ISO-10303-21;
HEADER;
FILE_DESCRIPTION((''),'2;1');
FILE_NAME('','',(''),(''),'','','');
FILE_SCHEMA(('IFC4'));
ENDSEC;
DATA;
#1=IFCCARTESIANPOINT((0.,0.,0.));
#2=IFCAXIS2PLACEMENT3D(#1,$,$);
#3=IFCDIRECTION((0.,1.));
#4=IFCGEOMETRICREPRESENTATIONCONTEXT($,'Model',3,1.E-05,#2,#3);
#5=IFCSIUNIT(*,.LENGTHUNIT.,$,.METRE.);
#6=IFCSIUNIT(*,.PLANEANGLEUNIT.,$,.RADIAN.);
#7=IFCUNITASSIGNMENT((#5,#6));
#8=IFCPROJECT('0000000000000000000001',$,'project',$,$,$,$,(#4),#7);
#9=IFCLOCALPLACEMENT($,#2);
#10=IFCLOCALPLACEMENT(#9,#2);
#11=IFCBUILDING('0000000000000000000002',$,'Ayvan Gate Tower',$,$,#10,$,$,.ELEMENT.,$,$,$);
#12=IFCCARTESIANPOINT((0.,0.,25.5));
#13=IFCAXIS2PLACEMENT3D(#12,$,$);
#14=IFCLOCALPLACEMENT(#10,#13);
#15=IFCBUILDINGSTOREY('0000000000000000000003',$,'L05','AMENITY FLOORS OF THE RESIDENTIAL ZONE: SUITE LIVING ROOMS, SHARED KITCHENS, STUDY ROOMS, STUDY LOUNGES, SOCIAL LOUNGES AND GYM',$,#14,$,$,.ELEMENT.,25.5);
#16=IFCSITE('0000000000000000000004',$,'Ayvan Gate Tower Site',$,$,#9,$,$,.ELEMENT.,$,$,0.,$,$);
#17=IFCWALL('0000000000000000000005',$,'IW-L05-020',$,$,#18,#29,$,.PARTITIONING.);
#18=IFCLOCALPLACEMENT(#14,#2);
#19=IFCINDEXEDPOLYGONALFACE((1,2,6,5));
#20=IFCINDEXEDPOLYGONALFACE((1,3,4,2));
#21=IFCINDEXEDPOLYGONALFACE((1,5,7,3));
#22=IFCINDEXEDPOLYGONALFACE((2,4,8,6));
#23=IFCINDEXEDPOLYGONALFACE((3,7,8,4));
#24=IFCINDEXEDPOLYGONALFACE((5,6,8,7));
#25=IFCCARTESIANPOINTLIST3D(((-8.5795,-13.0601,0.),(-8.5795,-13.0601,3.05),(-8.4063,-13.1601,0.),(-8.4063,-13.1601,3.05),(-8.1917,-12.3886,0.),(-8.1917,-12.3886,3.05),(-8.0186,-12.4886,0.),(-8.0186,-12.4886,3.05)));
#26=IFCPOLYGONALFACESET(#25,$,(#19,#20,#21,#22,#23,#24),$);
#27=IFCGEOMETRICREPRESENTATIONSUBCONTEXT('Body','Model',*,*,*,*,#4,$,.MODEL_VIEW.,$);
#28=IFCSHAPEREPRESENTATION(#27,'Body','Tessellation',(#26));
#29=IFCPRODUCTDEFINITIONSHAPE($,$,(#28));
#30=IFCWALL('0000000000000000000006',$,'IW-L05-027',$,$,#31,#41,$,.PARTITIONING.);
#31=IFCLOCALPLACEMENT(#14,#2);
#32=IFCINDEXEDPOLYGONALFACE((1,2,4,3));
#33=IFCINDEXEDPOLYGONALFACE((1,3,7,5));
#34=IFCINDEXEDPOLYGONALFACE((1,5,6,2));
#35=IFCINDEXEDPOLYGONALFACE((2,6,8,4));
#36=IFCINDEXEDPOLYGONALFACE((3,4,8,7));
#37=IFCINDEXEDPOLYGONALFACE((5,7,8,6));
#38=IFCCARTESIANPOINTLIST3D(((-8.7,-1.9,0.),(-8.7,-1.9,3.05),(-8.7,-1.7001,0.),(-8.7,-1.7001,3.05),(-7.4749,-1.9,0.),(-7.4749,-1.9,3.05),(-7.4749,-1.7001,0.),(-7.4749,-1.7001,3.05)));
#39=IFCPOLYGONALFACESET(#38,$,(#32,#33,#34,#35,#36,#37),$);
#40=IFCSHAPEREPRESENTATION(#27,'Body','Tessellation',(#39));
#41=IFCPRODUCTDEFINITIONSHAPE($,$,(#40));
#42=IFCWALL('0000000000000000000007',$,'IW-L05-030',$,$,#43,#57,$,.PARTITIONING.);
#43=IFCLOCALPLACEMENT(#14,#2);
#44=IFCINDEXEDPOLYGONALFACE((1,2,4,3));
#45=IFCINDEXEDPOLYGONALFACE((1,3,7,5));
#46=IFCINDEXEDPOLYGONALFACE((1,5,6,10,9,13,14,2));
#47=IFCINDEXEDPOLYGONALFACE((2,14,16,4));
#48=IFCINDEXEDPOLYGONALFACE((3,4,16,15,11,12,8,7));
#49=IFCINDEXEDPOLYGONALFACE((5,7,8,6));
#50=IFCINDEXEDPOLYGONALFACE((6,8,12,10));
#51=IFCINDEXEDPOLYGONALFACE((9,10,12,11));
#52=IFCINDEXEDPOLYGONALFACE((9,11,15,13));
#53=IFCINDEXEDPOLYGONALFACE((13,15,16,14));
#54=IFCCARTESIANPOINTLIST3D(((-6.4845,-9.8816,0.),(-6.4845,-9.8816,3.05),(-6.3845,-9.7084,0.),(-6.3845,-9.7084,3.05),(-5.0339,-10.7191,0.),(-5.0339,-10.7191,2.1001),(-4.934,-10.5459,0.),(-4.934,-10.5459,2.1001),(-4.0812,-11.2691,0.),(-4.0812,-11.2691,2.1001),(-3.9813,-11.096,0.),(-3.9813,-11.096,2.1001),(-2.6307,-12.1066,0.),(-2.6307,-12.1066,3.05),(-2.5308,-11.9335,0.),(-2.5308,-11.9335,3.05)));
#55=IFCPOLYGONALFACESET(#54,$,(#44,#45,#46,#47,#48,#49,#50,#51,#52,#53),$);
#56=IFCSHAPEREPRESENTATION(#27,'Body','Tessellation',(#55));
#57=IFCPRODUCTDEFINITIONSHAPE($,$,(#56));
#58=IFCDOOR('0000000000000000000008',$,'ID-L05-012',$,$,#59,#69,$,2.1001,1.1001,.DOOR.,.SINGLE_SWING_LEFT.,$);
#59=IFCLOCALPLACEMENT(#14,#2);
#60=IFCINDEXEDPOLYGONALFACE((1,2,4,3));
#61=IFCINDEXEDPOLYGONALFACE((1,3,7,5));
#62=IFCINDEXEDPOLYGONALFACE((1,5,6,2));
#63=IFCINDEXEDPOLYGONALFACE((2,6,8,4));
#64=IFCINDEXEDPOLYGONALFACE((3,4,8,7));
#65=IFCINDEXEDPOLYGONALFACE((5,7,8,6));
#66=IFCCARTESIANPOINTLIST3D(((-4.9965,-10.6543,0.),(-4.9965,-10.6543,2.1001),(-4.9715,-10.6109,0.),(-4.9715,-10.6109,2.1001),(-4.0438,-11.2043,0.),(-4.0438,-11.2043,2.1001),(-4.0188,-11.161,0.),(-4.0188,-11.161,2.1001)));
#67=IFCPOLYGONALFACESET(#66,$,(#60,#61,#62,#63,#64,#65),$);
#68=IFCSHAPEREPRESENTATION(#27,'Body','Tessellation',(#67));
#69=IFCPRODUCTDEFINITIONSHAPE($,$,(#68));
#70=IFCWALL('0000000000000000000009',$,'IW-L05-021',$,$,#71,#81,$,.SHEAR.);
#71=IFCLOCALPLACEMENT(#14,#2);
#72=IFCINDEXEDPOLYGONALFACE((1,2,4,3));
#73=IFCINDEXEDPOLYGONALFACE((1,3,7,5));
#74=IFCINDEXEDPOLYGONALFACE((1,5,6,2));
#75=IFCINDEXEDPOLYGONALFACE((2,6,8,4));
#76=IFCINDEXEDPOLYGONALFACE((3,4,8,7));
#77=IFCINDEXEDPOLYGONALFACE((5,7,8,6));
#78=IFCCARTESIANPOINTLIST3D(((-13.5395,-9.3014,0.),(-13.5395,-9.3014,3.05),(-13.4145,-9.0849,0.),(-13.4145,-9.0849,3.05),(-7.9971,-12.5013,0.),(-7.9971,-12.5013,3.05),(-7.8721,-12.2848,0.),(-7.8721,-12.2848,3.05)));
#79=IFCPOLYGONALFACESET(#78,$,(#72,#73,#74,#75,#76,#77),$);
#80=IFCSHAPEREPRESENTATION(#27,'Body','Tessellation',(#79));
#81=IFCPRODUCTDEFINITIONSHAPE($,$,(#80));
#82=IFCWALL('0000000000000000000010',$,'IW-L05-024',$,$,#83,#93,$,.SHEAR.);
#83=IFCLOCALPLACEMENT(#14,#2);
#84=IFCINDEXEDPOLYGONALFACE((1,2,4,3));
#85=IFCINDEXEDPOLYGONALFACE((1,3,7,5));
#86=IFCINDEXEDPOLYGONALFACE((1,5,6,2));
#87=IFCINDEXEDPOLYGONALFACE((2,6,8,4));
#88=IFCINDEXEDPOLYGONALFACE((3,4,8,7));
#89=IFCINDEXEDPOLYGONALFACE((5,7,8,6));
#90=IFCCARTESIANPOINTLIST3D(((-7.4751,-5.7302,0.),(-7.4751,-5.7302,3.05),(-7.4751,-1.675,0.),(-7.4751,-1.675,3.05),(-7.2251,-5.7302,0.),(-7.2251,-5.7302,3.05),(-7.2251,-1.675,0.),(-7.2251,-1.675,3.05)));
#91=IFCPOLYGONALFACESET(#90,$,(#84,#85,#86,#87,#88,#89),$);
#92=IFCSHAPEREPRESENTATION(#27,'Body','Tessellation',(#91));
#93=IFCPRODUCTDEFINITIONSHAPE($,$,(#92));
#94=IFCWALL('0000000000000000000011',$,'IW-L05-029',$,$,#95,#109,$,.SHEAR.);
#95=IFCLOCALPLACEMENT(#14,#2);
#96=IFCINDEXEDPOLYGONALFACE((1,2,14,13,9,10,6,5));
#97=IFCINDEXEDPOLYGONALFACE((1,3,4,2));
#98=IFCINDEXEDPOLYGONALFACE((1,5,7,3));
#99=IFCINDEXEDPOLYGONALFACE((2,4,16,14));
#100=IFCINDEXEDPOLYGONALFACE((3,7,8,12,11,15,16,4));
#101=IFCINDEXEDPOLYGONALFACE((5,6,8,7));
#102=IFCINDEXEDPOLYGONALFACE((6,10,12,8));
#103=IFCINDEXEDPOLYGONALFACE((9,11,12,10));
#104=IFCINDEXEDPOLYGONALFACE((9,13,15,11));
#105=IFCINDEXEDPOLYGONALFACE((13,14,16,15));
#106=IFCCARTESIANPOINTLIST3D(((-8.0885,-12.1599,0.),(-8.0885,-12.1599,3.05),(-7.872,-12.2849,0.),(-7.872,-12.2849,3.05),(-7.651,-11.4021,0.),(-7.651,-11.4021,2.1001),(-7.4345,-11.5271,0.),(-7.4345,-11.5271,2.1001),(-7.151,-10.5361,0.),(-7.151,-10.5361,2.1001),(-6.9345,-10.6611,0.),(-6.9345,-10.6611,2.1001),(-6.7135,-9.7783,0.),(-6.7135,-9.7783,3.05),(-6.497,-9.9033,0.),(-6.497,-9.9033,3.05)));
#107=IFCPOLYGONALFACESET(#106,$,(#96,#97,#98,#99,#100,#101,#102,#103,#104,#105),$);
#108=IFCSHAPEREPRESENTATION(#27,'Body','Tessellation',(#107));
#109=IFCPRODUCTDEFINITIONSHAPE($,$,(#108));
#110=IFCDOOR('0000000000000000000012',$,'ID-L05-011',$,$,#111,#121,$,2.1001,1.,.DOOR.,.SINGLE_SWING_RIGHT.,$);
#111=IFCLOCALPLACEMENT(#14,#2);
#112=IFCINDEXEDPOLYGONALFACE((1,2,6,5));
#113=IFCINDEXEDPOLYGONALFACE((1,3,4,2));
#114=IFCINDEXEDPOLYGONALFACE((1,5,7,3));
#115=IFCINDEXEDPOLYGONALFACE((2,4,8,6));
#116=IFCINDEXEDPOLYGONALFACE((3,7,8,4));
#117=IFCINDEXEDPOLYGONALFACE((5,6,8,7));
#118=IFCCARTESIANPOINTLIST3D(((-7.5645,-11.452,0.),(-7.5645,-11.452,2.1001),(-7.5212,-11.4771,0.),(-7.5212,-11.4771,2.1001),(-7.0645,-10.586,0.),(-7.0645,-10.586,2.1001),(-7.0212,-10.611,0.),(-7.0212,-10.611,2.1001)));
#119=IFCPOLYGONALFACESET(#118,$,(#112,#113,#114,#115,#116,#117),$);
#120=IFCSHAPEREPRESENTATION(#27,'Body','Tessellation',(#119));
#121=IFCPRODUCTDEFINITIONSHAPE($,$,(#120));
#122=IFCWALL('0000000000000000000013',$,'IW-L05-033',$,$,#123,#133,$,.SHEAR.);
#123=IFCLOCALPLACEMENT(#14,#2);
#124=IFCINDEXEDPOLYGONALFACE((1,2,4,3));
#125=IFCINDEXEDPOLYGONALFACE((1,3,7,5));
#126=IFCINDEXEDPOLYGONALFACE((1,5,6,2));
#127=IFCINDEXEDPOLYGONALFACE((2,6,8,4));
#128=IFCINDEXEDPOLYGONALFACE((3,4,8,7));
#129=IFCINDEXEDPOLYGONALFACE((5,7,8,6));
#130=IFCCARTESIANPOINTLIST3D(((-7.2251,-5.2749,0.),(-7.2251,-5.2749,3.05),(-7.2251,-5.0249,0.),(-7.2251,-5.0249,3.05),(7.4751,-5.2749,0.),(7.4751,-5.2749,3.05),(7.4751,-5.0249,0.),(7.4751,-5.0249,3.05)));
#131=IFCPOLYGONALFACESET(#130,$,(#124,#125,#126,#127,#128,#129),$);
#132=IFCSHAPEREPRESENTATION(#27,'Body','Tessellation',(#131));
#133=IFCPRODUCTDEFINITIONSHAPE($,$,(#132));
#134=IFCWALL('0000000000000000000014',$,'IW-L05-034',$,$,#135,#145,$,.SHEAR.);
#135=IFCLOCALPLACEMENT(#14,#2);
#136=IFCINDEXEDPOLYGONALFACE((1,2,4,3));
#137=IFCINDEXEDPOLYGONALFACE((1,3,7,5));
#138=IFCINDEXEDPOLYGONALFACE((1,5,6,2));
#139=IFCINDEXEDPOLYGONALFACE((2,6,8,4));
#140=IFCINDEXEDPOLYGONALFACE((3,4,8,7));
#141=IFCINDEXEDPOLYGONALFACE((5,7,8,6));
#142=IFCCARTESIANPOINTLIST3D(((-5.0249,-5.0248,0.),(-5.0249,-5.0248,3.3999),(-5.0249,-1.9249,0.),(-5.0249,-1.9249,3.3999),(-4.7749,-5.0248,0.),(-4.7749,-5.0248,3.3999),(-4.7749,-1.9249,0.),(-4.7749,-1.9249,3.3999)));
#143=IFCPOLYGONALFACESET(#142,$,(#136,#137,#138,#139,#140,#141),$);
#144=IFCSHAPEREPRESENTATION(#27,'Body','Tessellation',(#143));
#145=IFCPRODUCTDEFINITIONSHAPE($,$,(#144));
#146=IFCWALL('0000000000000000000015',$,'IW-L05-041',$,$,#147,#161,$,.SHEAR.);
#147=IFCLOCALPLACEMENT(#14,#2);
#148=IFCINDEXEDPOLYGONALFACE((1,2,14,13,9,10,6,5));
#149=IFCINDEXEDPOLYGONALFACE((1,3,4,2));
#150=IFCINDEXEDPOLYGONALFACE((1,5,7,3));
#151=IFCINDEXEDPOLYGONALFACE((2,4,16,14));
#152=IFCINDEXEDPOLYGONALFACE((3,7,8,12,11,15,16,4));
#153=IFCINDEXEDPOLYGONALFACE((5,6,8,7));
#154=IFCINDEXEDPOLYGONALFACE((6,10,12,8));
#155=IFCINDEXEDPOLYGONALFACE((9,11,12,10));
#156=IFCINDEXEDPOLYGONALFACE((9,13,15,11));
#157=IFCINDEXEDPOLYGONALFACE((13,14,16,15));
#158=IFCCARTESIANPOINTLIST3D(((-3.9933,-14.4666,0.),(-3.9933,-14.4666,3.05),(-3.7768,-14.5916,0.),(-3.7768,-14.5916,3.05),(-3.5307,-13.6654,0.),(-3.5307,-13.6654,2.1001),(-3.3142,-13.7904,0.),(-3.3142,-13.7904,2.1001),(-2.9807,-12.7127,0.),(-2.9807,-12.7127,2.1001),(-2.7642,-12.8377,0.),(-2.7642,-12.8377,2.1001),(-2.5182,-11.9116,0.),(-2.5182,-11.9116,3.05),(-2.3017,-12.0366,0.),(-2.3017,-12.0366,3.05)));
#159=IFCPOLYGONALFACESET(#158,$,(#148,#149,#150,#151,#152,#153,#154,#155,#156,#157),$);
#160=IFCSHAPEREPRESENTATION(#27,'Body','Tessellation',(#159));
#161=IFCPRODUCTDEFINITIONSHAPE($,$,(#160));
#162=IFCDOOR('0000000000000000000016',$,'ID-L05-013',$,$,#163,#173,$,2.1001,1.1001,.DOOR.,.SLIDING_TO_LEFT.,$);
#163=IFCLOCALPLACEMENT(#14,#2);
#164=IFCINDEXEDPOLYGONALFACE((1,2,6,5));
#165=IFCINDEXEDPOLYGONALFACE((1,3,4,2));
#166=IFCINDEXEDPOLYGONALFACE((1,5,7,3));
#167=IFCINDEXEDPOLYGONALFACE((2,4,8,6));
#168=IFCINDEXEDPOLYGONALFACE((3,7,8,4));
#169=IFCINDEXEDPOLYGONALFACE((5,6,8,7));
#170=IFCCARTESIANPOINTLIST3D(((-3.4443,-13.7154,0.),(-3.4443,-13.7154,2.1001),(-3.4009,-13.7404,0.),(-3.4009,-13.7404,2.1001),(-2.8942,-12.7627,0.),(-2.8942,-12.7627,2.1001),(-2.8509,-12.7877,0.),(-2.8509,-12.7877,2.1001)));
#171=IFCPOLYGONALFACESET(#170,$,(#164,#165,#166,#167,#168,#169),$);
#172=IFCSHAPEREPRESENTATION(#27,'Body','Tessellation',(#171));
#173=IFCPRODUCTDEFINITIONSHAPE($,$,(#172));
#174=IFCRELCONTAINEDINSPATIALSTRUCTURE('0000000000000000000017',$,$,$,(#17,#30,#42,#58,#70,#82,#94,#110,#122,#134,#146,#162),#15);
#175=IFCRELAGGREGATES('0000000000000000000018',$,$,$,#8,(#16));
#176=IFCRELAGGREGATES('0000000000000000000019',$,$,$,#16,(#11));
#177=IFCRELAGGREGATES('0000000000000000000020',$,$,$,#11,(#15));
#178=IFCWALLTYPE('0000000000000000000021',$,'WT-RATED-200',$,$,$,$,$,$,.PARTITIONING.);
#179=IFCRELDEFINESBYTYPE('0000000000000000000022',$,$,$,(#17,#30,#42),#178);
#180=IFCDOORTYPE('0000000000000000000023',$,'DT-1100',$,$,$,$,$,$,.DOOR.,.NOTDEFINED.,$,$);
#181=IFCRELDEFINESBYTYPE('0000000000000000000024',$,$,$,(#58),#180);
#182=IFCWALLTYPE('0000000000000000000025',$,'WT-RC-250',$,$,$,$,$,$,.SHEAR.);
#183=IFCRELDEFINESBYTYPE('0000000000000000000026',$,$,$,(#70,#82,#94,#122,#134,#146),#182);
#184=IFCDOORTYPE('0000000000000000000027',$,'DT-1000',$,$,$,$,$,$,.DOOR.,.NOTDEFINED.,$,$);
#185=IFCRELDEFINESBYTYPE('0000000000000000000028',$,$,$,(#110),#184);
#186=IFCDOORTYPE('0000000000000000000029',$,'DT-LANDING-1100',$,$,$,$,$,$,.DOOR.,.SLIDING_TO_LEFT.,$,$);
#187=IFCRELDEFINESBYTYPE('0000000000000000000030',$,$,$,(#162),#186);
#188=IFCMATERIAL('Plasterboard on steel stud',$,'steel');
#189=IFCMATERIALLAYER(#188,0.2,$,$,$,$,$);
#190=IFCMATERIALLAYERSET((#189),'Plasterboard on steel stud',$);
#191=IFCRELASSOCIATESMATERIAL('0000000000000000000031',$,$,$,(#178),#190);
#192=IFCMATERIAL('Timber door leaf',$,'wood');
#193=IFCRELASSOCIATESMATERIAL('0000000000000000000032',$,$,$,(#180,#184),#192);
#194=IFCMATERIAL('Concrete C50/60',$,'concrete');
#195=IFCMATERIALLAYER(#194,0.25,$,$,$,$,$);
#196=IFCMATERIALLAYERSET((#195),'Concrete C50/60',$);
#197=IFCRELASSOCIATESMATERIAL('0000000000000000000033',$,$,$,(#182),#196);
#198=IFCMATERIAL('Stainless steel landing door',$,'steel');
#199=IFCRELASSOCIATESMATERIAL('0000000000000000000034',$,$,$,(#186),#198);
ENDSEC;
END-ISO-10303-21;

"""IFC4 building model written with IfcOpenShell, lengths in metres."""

from ifc_helpers import new_model, si_unit, direction, frame, frame_2d, origin, place, context, subcontext, project, spatial, rectangle, extrude, material, layer, layer_set, type_object, element, fill, save


model = new_model("IFC4")

# Units and contexts
model_context = context("Model", 3, precision=1e-05, world=origin(), true_north=direction((0.0, 1.0)))
body_context = subcontext(model_context, "Body", "Model", "MODEL_VIEW")
ifc_project = project(units=[si_unit("LENGTHUNIT", "METRE"), si_unit("PLANEANGLEUNIT", "RADIAN")], contexts=[model_context])

# Site, building, storey
site_placement = place(None, origin())
site = spatial("IfcSite", under=ifc_project, at=site_placement, Name="Ayvan Gate Tower Site", CompositionType="ELEMENT", RefElevation=0.0)
building_placement = place(site_placement, origin())
building = spatial("IfcBuilding", under=site, at=building_placement, Name="Ayvan Gate Tower", CompositionType="ELEMENT")
storey_placement = place(building_placement, frame((0.0, 0.0, 25.5)))
storey = spatial("IfcBuildingStorey", under=building, at=storey_placement, Name="L05", Description="AMENITY FLOORS OF THE RESIDENTIAL ZONE: SUITE LIVING ROOMS, SHARED KITCHENS, STUDY ROOMS, STUDY LOUNGES, SOCIAL LOUNGES AND GYM", CompositionType="ELEMENT", Elevation=25.5)

# Walls
ifc_material_1 = material(Name="Plasterboard on steel stud", Category="steel")
ifc_layer_1 = layer(ifc_material_1, 0.2)
ifc_layer_set_1 = layer_set([ifc_layer_1], Name="Plasterboard on steel stud")
wall_type_1 = type_object("IfcWallType", Name="WT-RATED-200", PredefinedType="PARTITIONING", material=ifc_layer_set_1)
wall_1_placement = place(storey_placement, frame((-8.4929, -13.1101, 0.0), z_axis=(0.0, 0.0, 1.0), x_axis=(0.500068, 0.865986, 0.0)))
element("IfcWall", 1, at=wall_1_placement, inside=storey, type_object=wall_type_1, Name="IW-L05-020", PredefinedType="PARTITIONING", context=body_context, shape_type="SweptSolid", body=[
    extrude(rectangle(XDim=0.7754, YDim=0.2, at=frame_2d((0.3877, 0.0))), origin(), (0.0, 0.0, 1.0), 3.05),
])
wall_2_placement = place(storey_placement, frame((-7.4749, -1.8, 0.0), z_axis=(0.0, 0.0, 1.0), x_axis=(-1.0, 0.0, 0.0)))
element("IfcWall", 2, at=wall_2_placement, inside=storey, type_object=wall_type_1, Name="IW-L05-027", PredefinedType="PARTITIONING", context=body_context, shape_type="SweptSolid", body=[
    extrude(rectangle(XDim=1.2251, YDim=0.2, at=frame_2d((0.6125, 0.0))), origin(), (0.0, 0.0, 1.0), 3.05),
])

# Wall, opening, door
wall_3_placement = place(storey_placement, frame((-6.4346, -9.7949, 0.0), z_axis=(0.0, 0.0, 1.0), x_axis=(0.866013, -0.500022, 0.0)))
wall_3 = element("IfcWall", 3, at=wall_3_placement, inside=storey, type_object=wall_type_1, Name="IW-L05-030", PredefinedType="PARTITIONING", context=body_context, shape_type="SweptSolid", body=[
    extrude(rectangle(XDim=4.45, YDim=0.2, at=frame_2d((2.2251, 0.0))), origin(), (0.0, 0.0, 1.0), 3.05),
])
opening_1_placement = place(wall_3_placement, frame((1.675, 0.0, 0.0)))
opening_1 = element("IfcOpeningElement", 4, at=opening_1_placement, cuts=wall_3, PredefinedType="OPENING", context=body_context, shape_type="SweptSolid", body=[
    extrude(rectangle(XDim=1.1001, YDim=2.1001, at=frame_2d((0.55, 1.05))), frame((0.0, 0.1099, 0.0), z_axis=(0.0, -1.0, 0.0), x_axis=(1.0, 0.0, 0.0)), (0.0, 0.0, 1.0), 0.22),
])
ifc_material_2 = material(Name="Timber door leaf", Category="wood")
door_type_1 = type_object("IfcDoorType", Name="DT-1100", OperationType="NOTDEFINED", PredefinedType="DOOR", material=ifc_material_2)
door_1_placement = place(opening_1_placement, origin())
door_1 = element("IfcDoor", 5, at=door_1_placement, inside=storey, type_object=door_type_1, Name="ID-L05-012", OperationType="SINGLE_SWING_LEFT", OverallHeight=2.1001, OverallWidth=1.1001, PredefinedType="DOOR", context=body_context, shape_type="SweptSolid", body=[
    extrude(rectangle(XDim=1.1001, YDim=2.1001, at=frame_2d((0.55, 1.05))), frame((0.0, 0.0249, 0.0), z_axis=(0.0, -1.0, 0.0), x_axis=(1.0, 0.0, 0.0)), (0.0, 0.0, 1.0), 0.05),
])
fill(opening_1, door_1)

# Walls
ifc_material_3 = material(Name="Concrete C50/60", Category="concrete")
ifc_layer_2 = layer(ifc_material_3, 0.25)
ifc_layer_set_2 = layer_set([ifc_layer_2], Name="Concrete C50/60")
wall_type_2 = type_object("IfcWallType", Name="WT-RC-250", PredefinedType="SHEAR", material=ifc_layer_set_2)
wall_4_placement = place(storey_placement, frame((-7.9346, -12.3931, 0.0), z_axis=(0.0, 0.0, 1.0), x_axis=(-0.866025, 0.5, 0.0)))
element("IfcWall", 6, at=wall_4_placement, inside=storey, type_object=wall_type_2, Name="IW-L05-021", PredefinedType="SHEAR", context=body_context, shape_type="SweptSolid", body=[
    extrude(rectangle(XDim=6.3999, YDim=0.25, at=frame_2d((3.2, 0.0))), origin(), (0.0, 0.0, 1.0), 3.05),
])
wall_5_placement = place(storey_placement, frame((-7.3501, -5.7302, 0.0), z_axis=(0.0, 0.0, 1.0), x_axis=(0.0, 1.0, 0.0)))
element("IfcWall", 7, at=wall_5_placement, inside=storey, type_object=wall_type_2, Name="IW-L05-024", PredefinedType="SHEAR", context=body_context, shape_type="SweptSolid", body=[
    extrude(rectangle(XDim=4.0552, YDim=0.25, at=frame_2d((2.0276, 0.0))), origin(), (0.0, 0.0, 1.0), 3.05),
])

# Wall, opening, door
wall_6_placement = place(storey_placement, frame((-6.6052, -9.8408, 0.0), z_axis=(0.0, 0.0, 1.0), x_axis=(-0.499997, -0.866027, 0.0)))
wall_6 = element("IfcWall", 8, at=wall_6_placement, inside=storey, type_object=wall_type_2, Name="IW-L05-029", PredefinedType="SHEAR", context=body_context, shape_type="SweptSolid", body=[
    extrude(rectangle(XDim=2.75, YDim=0.25, at=frame_2d((1.375, 0.0))), origin(), (0.0, 0.0, 1.0), 3.05),
])
opening_2_placement = place(wall_6_placement, frame((0.875, 0.0, 0.0)))
opening_2 = element("IfcOpeningElement", 9, at=opening_2_placement, cuts=wall_6, PredefinedType="OPENING", context=body_context, shape_type="SweptSolid", body=[
    extrude(rectangle(XDim=1.0, YDim=2.1001, at=frame_2d((0.5, 1.05))), frame((0.0, 0.135, 0.0), z_axis=(0.0, -1.0, 0.0), x_axis=(1.0, 0.0, 0.0)), (0.0, 0.0, 1.0), 0.27),
])
door_type_2 = type_object("IfcDoorType", Name="DT-1000", OperationType="NOTDEFINED", PredefinedType="DOOR", material=ifc_material_2)
door_2_placement = place(opening_2_placement, origin())
door_2 = element("IfcDoor", 10, at=door_2_placement, inside=storey, type_object=door_type_2, Name="ID-L05-011", OperationType="SINGLE_SWING_RIGHT", OverallHeight=2.1001, OverallWidth=1.0, PredefinedType="DOOR", context=body_context, shape_type="SweptSolid", body=[
    extrude(rectangle(XDim=1.0, YDim=2.1001, at=frame_2d((0.5, 1.05))), frame((0.0, 0.0249, 0.0), z_axis=(0.0, -1.0, 0.0), x_axis=(1.0, 0.0, 0.0)), (0.0, 0.0, 1.0), 0.05),
])
fill(opening_2, door_2)

# Walls
wall_7_placement = place(storey_placement, frame((-7.2251, -5.1499, 0.0), z_axis=(0.0, 0.0, 1.0), x_axis=(1.0, 0.0, 0.0)))
element("IfcWall", 11, at=wall_7_placement, inside=storey, type_object=wall_type_2, Name="IW-L05-033", PredefinedType="SHEAR", context=body_context, shape_type="SweptSolid", body=[
    extrude(rectangle(XDim=14.7002, YDim=0.25, at=frame_2d((7.3501, 0.0))), origin(), (0.0, 0.0, 1.0), 3.05),
])
wall_8_placement = place(storey_placement, frame((-4.8999, -1.925, 0.0), z_axis=(0.0, 0.0, 1.0), x_axis=(0.0, -1.0, 0.0)))
element("IfcWall", 12, at=wall_8_placement, inside=storey, type_object=wall_type_2, Name="IW-L05-034", PredefinedType="SHEAR", context=body_context, shape_type="SweptSolid", body=[
    extrude(rectangle(XDim=3.0999, YDim=0.25, at=frame_2d((1.5498, 0.0))), origin(), (0.0, 0.0, 1.0), 3.3999),
])

# Wall, opening, door
wall_9_placement = place(storey_placement, frame((-2.4099, -11.9741, 0.0), z_axis=(0.0, 0.0, 1.0), x_axis=(-0.500002, -0.866024, 0.0)))
wall_9 = element("IfcWall", 13, at=wall_9_placement, inside=storey, type_object=wall_type_2, Name="IW-L05-041", PredefinedType="SHEAR", context=body_context, shape_type="SweptSolid", body=[
    extrude(rectangle(XDim=2.9502, YDim=0.25, at=frame_2d((1.4751, 0.0))), origin(), (0.0, 0.0, 1.0), 3.05),
])
opening_3_placement = place(wall_9_placement, frame((0.925, 0.0, 0.0)))
opening_3 = element("IfcOpeningElement", 14, at=opening_3_placement, cuts=wall_9, PredefinedType="OPENING", context=body_context, shape_type="SweptSolid", body=[
    extrude(rectangle(XDim=1.1001, YDim=2.1001, at=frame_2d((0.55, 1.05))), frame((0.0, 0.135, 0.0), z_axis=(0.0, -1.0, 0.0), x_axis=(1.0, 0.0, 0.0)), (0.0, 0.0, 1.0), 0.27),
])
ifc_material_4 = material(Name="Stainless steel landing door", Category="steel")
door_type_3 = type_object("IfcDoorType", Name="DT-LANDING-1100", OperationType="SLIDING_TO_LEFT", PredefinedType="DOOR", material=ifc_material_4)
door_3_placement = place(opening_3_placement, origin())
door_3 = element("IfcDoor", 15, at=door_3_placement, inside=storey, type_object=door_type_3, Name="ID-L05-013", OperationType="SLIDING_TO_LEFT", OverallHeight=2.1001, OverallWidth=1.1001, PredefinedType="DOOR", context=body_context, shape_type="SweptSolid", body=[
    extrude(rectangle(XDim=1.1001, YDim=2.1001, at=frame_2d((0.55, 1.05))), frame((0.0, 0.0249, 0.0), z_axis=(0.0, -1.0, 0.0), x_axis=(1.0, 0.0, 0.0)), (0.0, 0.0, 1.0), 0.05),
])
fill(opening_3, door_3)

save(model, "model.ifc")
